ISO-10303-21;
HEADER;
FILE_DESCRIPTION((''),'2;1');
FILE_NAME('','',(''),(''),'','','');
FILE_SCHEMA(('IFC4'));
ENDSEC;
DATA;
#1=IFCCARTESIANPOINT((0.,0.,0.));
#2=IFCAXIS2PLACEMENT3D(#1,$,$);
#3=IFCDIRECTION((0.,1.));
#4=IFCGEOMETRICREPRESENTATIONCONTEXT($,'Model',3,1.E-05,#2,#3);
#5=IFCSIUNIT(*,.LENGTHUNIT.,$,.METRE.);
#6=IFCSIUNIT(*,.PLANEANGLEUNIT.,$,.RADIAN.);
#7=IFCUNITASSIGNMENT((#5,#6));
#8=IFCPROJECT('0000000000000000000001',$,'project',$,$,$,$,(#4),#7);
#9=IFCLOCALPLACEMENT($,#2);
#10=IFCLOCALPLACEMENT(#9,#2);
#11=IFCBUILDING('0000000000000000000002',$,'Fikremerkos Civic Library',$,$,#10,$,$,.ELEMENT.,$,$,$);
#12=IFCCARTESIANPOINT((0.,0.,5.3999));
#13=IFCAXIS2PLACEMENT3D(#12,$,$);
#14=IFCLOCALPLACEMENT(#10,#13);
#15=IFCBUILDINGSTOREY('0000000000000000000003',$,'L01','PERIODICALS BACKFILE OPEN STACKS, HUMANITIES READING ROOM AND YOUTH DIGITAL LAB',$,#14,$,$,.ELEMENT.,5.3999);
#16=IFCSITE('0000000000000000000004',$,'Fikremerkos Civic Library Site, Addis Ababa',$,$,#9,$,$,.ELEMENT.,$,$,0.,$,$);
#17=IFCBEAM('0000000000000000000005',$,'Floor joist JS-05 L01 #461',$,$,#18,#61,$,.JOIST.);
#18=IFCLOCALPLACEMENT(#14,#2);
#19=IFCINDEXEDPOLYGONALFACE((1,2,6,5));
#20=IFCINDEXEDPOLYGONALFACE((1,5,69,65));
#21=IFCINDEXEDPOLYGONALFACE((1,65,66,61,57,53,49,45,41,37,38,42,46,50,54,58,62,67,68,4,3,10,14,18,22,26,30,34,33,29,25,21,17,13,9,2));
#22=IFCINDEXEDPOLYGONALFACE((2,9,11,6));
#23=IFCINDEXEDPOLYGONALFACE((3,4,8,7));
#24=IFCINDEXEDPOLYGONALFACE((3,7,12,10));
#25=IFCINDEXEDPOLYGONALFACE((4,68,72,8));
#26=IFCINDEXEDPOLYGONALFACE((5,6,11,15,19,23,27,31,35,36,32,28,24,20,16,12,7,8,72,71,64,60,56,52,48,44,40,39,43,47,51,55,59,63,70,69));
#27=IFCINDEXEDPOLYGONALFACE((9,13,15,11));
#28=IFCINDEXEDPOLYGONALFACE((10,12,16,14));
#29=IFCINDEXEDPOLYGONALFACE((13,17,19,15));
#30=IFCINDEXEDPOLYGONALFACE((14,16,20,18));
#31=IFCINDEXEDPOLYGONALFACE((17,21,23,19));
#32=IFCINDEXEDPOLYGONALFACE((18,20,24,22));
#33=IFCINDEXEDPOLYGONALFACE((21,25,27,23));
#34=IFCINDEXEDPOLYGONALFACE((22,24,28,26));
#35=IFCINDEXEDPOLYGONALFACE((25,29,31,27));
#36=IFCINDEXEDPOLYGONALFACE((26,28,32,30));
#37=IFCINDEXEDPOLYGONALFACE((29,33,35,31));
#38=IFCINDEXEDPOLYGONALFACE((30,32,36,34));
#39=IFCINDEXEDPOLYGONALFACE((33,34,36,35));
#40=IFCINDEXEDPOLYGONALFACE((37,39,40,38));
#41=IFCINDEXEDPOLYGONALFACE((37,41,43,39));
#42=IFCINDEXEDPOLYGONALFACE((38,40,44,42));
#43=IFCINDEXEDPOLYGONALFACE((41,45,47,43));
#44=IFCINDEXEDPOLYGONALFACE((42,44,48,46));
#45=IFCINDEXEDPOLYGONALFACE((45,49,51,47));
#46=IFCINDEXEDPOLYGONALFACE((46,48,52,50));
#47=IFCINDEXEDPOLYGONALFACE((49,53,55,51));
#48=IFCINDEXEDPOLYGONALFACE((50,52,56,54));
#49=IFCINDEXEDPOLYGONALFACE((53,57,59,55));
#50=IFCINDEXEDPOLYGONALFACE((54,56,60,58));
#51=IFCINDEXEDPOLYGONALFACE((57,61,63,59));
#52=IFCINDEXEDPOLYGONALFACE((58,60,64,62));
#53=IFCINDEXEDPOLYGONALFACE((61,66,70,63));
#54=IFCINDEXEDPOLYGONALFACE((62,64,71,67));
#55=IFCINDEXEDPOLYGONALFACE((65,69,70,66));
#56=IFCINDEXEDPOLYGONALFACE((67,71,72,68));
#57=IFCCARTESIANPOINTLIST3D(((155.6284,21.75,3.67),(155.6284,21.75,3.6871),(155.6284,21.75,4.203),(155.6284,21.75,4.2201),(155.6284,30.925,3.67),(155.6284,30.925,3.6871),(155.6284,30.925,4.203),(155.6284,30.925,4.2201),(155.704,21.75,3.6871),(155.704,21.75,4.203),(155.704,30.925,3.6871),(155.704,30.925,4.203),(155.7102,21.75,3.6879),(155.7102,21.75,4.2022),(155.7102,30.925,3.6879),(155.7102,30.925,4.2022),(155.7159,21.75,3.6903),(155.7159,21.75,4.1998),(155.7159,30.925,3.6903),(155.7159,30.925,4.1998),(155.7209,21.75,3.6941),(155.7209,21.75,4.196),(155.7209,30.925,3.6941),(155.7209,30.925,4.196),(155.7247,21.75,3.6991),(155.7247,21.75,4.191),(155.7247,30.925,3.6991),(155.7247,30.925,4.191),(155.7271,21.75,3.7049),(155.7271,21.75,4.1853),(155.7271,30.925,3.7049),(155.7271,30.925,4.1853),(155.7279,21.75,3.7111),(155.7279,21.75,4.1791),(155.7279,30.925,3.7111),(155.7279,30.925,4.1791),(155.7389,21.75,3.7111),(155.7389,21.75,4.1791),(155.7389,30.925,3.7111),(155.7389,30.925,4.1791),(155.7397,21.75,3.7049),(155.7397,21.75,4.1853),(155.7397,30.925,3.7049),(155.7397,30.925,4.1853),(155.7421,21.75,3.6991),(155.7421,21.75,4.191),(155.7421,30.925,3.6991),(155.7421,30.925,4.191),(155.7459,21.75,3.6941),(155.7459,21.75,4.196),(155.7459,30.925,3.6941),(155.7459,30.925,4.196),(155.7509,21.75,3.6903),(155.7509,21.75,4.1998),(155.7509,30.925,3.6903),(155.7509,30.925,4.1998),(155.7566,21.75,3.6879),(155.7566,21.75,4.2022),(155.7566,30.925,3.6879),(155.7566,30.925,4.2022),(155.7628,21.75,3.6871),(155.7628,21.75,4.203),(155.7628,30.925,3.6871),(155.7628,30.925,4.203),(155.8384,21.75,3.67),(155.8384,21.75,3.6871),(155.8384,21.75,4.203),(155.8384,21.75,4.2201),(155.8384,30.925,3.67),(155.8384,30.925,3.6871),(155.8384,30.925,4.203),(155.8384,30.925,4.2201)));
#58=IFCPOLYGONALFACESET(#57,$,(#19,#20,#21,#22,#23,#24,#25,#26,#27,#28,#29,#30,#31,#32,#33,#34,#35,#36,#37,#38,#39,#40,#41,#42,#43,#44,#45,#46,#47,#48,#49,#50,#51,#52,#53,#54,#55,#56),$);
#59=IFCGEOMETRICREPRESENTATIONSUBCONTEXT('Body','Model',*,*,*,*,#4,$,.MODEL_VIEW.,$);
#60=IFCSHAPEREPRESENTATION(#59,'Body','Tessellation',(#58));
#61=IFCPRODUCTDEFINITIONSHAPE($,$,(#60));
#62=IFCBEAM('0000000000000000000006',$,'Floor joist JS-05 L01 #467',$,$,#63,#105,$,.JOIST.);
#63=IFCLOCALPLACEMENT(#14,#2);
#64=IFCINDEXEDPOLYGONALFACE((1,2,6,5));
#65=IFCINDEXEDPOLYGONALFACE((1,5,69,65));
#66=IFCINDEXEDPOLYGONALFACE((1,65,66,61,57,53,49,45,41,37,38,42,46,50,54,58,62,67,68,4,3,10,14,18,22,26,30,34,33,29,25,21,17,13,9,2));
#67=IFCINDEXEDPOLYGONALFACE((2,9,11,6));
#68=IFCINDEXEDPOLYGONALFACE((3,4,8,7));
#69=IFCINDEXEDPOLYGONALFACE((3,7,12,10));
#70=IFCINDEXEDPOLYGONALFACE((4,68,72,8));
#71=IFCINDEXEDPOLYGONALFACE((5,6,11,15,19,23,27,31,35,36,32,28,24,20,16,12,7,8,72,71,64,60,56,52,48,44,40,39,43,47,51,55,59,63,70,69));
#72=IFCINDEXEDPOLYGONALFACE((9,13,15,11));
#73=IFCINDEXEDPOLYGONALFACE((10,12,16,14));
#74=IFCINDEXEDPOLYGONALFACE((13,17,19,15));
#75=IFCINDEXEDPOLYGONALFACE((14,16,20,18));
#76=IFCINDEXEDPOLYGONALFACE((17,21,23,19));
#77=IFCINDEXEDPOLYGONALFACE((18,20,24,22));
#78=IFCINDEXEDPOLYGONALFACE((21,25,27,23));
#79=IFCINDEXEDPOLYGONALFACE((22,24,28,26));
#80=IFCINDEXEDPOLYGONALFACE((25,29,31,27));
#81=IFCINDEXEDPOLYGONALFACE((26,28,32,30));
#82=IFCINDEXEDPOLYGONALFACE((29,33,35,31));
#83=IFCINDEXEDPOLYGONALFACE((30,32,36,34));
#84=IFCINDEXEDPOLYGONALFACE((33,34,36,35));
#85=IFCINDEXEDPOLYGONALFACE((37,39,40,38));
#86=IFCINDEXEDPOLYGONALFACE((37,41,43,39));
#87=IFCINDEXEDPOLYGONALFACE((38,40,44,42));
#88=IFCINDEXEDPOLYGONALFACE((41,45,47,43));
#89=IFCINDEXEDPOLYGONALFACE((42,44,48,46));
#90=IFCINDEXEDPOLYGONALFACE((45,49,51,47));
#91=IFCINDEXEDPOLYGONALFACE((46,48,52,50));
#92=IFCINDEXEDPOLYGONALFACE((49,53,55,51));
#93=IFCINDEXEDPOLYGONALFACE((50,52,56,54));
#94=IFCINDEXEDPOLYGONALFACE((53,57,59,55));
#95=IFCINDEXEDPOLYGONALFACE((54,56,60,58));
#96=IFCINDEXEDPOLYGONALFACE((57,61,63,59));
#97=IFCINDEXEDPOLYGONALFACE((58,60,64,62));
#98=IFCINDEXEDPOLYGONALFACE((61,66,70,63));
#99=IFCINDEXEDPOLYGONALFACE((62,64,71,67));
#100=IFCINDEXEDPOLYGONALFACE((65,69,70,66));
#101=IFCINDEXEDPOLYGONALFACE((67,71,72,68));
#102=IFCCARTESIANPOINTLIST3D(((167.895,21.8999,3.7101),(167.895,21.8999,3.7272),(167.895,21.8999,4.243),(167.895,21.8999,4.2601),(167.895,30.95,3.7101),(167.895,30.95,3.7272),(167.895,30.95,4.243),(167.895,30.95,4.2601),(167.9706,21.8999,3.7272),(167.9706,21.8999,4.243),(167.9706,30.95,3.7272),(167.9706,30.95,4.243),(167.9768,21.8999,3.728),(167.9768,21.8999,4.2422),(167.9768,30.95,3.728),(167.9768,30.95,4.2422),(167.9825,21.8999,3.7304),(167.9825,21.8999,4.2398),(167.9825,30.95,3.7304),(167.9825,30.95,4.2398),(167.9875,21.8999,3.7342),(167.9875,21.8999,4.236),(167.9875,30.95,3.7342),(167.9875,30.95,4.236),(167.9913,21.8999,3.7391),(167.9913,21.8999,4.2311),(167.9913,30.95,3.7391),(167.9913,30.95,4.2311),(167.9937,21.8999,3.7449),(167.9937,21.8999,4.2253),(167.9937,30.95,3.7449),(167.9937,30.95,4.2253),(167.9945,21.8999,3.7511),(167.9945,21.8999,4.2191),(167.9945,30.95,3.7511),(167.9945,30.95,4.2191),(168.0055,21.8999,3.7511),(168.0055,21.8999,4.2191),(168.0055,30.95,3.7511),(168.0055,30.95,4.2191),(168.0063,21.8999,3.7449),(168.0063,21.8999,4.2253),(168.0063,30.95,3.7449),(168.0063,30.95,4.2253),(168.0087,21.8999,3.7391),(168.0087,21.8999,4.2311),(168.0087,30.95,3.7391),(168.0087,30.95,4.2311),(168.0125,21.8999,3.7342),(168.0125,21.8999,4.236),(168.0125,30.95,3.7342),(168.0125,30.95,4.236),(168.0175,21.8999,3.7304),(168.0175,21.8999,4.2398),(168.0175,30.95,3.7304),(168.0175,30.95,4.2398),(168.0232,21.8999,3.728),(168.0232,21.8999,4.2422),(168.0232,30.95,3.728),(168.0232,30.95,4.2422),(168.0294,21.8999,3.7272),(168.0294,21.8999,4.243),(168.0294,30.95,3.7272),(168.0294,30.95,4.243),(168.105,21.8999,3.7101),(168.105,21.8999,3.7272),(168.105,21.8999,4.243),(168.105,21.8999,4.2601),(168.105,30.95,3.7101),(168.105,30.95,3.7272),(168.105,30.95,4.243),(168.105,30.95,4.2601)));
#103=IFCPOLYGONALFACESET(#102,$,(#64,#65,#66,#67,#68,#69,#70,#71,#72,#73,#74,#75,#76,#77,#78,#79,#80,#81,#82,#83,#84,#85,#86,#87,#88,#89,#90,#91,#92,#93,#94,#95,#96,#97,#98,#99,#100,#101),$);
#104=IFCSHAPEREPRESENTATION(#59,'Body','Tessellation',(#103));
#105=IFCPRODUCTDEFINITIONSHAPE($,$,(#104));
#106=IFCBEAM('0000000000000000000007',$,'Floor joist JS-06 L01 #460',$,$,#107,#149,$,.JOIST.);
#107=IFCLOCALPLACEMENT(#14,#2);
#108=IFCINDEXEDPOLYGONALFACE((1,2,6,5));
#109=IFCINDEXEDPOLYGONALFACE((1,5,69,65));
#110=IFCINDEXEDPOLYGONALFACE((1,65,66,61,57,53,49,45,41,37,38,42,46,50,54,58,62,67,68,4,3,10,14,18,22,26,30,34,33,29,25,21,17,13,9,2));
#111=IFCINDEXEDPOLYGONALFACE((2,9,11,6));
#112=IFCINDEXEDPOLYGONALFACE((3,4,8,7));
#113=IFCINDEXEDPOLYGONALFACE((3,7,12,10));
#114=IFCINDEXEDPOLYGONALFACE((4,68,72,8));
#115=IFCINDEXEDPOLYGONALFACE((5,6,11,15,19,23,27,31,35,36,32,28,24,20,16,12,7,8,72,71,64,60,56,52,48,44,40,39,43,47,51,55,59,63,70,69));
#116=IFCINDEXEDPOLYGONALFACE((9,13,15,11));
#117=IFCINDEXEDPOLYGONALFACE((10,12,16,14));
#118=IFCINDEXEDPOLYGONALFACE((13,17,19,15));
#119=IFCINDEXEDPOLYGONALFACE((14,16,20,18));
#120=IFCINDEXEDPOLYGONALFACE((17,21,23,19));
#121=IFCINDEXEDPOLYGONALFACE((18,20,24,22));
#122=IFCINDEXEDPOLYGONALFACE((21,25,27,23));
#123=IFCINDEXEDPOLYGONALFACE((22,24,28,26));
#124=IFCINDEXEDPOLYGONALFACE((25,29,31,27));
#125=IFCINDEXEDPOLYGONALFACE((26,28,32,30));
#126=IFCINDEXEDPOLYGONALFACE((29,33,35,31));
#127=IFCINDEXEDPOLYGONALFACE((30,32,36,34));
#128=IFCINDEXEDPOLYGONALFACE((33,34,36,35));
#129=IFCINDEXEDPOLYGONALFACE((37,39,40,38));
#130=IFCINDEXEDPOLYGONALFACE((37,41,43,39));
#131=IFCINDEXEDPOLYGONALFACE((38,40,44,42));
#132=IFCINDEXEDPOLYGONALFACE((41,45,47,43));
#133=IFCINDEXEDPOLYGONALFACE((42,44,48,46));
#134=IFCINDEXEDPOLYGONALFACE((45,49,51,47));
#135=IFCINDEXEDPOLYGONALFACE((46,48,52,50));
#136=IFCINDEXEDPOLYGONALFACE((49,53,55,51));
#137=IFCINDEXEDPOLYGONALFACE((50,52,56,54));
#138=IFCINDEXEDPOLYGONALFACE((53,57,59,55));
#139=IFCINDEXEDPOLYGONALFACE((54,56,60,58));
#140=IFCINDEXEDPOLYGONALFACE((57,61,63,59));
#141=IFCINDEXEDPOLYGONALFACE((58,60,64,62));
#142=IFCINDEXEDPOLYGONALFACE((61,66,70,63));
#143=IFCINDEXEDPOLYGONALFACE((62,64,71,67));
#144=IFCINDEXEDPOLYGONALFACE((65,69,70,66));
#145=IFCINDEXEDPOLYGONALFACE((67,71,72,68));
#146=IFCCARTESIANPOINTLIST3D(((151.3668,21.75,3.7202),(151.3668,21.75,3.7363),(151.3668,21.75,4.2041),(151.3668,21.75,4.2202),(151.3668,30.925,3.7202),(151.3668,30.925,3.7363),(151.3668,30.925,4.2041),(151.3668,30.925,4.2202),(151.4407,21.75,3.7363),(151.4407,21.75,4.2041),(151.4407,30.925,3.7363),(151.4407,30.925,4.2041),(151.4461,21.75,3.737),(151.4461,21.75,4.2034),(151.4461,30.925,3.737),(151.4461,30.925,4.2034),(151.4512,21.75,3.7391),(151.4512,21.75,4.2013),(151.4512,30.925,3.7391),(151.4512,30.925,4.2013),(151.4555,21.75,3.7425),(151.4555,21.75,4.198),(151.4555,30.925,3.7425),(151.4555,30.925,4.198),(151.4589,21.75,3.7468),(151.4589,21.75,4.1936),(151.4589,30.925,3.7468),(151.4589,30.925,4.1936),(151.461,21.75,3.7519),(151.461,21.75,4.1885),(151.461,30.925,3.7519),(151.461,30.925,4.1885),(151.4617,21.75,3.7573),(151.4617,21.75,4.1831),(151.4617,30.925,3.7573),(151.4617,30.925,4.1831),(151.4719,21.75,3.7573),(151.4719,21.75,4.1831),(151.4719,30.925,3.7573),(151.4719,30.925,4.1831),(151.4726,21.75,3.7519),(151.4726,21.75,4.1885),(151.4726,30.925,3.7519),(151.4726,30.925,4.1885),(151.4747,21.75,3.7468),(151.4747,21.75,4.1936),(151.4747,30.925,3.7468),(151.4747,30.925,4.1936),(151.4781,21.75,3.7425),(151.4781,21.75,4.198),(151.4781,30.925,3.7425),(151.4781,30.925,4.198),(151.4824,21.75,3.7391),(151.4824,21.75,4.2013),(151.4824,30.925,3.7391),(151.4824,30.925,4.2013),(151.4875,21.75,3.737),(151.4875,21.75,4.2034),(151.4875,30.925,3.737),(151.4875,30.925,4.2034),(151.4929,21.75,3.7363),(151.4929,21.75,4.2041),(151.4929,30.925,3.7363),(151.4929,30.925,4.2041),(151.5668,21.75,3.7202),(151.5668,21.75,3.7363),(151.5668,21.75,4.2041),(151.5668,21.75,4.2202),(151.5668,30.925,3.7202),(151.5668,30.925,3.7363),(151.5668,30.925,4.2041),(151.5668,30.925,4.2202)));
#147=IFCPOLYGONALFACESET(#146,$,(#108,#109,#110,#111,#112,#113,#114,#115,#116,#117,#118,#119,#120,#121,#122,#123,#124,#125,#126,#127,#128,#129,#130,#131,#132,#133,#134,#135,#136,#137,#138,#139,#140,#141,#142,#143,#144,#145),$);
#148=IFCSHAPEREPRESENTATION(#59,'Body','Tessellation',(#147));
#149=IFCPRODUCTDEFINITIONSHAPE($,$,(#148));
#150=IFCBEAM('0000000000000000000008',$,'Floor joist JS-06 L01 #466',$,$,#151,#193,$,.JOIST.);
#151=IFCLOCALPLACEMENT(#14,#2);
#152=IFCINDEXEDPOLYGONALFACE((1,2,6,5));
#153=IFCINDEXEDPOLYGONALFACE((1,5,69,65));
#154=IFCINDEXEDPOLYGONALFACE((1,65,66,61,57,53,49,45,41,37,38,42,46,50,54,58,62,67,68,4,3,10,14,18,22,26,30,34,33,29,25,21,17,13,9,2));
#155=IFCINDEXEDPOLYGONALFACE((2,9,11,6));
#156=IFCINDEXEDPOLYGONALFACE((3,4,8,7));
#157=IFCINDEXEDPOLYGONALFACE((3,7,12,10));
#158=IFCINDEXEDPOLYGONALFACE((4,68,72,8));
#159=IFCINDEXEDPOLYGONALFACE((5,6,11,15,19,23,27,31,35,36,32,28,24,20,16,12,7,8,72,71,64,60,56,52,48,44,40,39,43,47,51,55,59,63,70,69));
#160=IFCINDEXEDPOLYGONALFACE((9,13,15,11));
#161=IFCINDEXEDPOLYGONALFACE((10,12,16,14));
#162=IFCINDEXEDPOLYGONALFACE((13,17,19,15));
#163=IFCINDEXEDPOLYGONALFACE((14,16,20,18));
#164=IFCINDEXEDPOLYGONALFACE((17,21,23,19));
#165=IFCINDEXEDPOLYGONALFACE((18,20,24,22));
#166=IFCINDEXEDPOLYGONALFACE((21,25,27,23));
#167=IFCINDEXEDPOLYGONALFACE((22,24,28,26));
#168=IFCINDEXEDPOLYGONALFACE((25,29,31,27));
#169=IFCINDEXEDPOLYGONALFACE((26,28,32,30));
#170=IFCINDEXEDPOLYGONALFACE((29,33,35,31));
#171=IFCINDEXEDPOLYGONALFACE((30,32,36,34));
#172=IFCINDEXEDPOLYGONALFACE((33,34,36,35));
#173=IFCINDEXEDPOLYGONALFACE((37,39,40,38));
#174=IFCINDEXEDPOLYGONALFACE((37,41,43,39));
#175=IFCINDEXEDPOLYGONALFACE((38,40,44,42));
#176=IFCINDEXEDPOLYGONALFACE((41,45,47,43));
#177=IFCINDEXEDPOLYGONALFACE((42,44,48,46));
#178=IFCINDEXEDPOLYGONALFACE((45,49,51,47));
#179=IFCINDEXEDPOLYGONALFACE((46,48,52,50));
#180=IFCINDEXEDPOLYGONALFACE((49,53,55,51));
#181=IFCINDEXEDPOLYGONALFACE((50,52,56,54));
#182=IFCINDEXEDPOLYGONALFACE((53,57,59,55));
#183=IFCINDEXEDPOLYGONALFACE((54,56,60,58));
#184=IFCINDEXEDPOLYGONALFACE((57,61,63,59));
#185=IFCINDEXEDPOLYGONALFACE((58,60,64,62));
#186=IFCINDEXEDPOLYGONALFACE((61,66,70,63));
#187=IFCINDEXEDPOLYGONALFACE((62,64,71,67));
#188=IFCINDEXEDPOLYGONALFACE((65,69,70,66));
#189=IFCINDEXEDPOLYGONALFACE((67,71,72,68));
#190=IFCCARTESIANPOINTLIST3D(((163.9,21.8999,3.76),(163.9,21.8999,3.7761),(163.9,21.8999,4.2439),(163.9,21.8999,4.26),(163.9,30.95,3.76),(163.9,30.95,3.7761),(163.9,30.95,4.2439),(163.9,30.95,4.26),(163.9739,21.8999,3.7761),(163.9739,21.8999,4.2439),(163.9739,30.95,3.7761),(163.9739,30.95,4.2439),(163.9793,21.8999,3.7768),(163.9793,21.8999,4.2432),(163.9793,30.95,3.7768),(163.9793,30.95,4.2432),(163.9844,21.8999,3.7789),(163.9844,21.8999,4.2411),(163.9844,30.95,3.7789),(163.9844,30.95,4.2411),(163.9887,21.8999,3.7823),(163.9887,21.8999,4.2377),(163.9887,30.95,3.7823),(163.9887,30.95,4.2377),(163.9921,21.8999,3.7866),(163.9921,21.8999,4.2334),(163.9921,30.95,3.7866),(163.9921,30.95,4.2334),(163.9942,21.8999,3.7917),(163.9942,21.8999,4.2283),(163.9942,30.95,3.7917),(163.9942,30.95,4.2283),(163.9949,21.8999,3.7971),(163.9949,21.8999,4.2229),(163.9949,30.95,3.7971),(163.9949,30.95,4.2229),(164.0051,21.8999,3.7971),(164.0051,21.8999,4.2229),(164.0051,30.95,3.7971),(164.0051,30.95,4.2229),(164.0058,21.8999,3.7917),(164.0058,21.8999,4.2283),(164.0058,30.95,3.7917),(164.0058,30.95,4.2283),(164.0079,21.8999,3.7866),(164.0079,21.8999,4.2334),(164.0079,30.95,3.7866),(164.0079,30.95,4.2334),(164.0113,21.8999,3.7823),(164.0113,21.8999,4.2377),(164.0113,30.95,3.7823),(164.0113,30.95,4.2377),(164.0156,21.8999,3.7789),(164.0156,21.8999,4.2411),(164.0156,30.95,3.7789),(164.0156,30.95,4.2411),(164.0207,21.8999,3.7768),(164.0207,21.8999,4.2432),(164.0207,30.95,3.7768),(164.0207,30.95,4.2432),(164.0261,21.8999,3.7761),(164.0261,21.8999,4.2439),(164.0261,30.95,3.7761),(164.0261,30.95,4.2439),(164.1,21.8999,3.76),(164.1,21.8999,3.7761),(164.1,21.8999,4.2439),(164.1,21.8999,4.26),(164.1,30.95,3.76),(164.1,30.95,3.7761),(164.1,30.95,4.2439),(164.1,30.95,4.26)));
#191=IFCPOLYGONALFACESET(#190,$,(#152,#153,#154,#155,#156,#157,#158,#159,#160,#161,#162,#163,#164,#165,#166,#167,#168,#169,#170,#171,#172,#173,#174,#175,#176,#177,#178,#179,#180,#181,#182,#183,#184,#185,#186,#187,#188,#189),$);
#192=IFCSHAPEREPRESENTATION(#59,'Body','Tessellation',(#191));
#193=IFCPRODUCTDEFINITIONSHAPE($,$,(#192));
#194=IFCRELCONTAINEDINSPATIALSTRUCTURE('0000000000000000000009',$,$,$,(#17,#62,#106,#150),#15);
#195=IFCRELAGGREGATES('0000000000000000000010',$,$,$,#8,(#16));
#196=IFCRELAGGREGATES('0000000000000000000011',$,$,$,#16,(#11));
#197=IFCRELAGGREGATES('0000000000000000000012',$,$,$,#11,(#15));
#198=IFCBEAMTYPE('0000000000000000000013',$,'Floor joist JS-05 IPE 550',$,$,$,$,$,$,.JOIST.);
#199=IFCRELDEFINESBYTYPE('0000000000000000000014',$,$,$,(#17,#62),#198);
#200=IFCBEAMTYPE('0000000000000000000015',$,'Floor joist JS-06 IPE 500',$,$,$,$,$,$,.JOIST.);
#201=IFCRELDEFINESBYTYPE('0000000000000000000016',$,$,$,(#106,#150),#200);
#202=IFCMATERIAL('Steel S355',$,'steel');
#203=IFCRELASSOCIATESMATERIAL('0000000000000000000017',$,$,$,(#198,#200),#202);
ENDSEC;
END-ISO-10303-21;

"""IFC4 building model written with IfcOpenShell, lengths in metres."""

from ifc_helpers import new_model, si_unit, direction, frame, origin, origin_2d, place, context, subcontext, project, spatial, i_section, extrude, material, material_profile, profile_set, type_object, element, save


model = new_model("IFC4")

# Units and contexts
model_context = context("Model", 3, precision=1e-05, world=origin(), true_north=direction((0.0, 1.0)))
body_context = subcontext(model_context, "Body", "Model", "MODEL_VIEW")
ifc_project = project(units=[si_unit("LENGTHUNIT", "METRE"), si_unit("PLANEANGLEUNIT", "RADIAN")], contexts=[model_context])

# Site, building, storey
site_placement = place(None, origin())
site = spatial("IfcSite", under=ifc_project, at=site_placement, Name="Fikremerkos Civic Library Site, Addis Ababa", CompositionType="ELEMENT", RefElevation=0.0)
building_placement = place(site_placement, origin())
building = spatial("IfcBuilding", under=site, at=building_placement, Name="Fikremerkos Civic Library", CompositionType="ELEMENT")
storey_placement = place(building_placement, frame((0.0, 0.0, 5.3999)))
storey = spatial("IfcBuildingStorey", under=building, at=storey_placement, Name="L01", Description="PERIODICALS BACKFILE OPEN STACKS, HUMANITIES READING ROOM AND YOUTH DIGITAL LAB", CompositionType="ELEMENT", Elevation=5.3999)

# Beams
ifc_material_1 = material(Name="Steel S355", Category="steel")
ifc_material_profile_1 = material_profile(ifc_material_1, i_section(OverallWidth=0.21, OverallDepth=0.55, WebThickness=0.011, FlangeThickness=0.0171, FilletRadius=0.0239, at=origin_2d()), Name="IPE 550")
ifc_profile_set_1 = profile_set([ifc_material_profile_1], Name="Steel S355")
beam_type_1 = type_object("IfcBeamType", Name="Floor joist JS-05 IPE 550", PredefinedType="JOIST", material=ifc_profile_set_1)
for number, where, z_axis, x_axis, name in (
    (1, (155.7334, 21.75, 3.9451), (0.0, 1.0, 0.0), (-1.0, 0.0, 0.0), "Floor joist JS-05 L01 #461"),
):
    element("IfcBeam", number, at=place(storey_placement, frame(where, z_axis=z_axis, x_axis=x_axis)), inside=storey, type_object=beam_type_1, Name=name, PredefinedType="JOIST", context=body_context, shape_type="SweptSolid", body=[
        extrude(i_section(OverallWidth=0.21, OverallDepth=0.55, WebThickness=0.011, FlangeThickness=0.0171, FilletRadius=0.0239, at=origin_2d()), origin(), (0.0, 0.0, 1.0), 9.175),
    ])
beam_1_placement = place(storey_placement, frame((168.0, 21.8999, 3.9851), z_axis=(0.0, 1.0, 0.0), x_axis=(-1.0, 0.0, 0.0)))
element("IfcBeam", 2, at=beam_1_placement, inside=storey, type_object=beam_type_1, Name="Floor joist JS-05 L01 #467", PredefinedType="JOIST", context=body_context, shape_type="SweptSolid", body=[
    extrude(i_section(OverallWidth=0.21, OverallDepth=0.55, WebThickness=0.011, FlangeThickness=0.0171, FilletRadius=0.0239, at=origin_2d()), origin(), (0.0, 0.0, 1.0), 9.05),
])
ifc_material_profile_2 = material_profile(ifc_material_1, i_section(OverallWidth=0.2, OverallDepth=0.5, WebThickness=0.0103, FlangeThickness=0.0161, FilletRadius=0.021, at=origin_2d()), Name="IPE 500")
ifc_profile_set_2 = profile_set([ifc_material_profile_2], Name="Steel S355")
beam_type_2 = type_object("IfcBeamType", Name="Floor joist JS-06 IPE 500", PredefinedType="JOIST", material=ifc_profile_set_2)
beam_2_placement = place(storey_placement, frame((151.4668, 21.75, 3.9702), z_axis=(0.0, 1.0, 0.0), x_axis=(-1.0, 0.0, 0.0)))
element("IfcBeam", 3, at=beam_2_placement, inside=storey, type_object=beam_type_2, Name="Floor joist JS-06 L01 #460", PredefinedType="JOIST", context=body_context, shape_type="SweptSolid", body=[
    extrude(i_section(OverallWidth=0.2, OverallDepth=0.5, WebThickness=0.0103, FlangeThickness=0.0161, FilletRadius=0.021, at=origin_2d()), origin(), (0.0, 0.0, 1.0), 9.175),
])
beam_3_placement = place(storey_placement, frame((164.0, 21.8999, 4.01), z_axis=(0.0, 1.0, 0.0), x_axis=(-1.0, 0.0, 0.0)))
element("IfcBeam", 4, at=beam_3_placement, inside=storey, type_object=beam_type_2, Name="Floor joist JS-06 L01 #466", PredefinedType="JOIST", context=body_context, shape_type="SweptSolid", body=[
    extrude(i_section(OverallWidth=0.2, OverallDepth=0.5, WebThickness=0.0103, FlangeThickness=0.0161, FilletRadius=0.021, at=origin_2d()), origin(), (0.0, 0.0, 1.0), 9.05),
])

save(model, "model.ifc")
